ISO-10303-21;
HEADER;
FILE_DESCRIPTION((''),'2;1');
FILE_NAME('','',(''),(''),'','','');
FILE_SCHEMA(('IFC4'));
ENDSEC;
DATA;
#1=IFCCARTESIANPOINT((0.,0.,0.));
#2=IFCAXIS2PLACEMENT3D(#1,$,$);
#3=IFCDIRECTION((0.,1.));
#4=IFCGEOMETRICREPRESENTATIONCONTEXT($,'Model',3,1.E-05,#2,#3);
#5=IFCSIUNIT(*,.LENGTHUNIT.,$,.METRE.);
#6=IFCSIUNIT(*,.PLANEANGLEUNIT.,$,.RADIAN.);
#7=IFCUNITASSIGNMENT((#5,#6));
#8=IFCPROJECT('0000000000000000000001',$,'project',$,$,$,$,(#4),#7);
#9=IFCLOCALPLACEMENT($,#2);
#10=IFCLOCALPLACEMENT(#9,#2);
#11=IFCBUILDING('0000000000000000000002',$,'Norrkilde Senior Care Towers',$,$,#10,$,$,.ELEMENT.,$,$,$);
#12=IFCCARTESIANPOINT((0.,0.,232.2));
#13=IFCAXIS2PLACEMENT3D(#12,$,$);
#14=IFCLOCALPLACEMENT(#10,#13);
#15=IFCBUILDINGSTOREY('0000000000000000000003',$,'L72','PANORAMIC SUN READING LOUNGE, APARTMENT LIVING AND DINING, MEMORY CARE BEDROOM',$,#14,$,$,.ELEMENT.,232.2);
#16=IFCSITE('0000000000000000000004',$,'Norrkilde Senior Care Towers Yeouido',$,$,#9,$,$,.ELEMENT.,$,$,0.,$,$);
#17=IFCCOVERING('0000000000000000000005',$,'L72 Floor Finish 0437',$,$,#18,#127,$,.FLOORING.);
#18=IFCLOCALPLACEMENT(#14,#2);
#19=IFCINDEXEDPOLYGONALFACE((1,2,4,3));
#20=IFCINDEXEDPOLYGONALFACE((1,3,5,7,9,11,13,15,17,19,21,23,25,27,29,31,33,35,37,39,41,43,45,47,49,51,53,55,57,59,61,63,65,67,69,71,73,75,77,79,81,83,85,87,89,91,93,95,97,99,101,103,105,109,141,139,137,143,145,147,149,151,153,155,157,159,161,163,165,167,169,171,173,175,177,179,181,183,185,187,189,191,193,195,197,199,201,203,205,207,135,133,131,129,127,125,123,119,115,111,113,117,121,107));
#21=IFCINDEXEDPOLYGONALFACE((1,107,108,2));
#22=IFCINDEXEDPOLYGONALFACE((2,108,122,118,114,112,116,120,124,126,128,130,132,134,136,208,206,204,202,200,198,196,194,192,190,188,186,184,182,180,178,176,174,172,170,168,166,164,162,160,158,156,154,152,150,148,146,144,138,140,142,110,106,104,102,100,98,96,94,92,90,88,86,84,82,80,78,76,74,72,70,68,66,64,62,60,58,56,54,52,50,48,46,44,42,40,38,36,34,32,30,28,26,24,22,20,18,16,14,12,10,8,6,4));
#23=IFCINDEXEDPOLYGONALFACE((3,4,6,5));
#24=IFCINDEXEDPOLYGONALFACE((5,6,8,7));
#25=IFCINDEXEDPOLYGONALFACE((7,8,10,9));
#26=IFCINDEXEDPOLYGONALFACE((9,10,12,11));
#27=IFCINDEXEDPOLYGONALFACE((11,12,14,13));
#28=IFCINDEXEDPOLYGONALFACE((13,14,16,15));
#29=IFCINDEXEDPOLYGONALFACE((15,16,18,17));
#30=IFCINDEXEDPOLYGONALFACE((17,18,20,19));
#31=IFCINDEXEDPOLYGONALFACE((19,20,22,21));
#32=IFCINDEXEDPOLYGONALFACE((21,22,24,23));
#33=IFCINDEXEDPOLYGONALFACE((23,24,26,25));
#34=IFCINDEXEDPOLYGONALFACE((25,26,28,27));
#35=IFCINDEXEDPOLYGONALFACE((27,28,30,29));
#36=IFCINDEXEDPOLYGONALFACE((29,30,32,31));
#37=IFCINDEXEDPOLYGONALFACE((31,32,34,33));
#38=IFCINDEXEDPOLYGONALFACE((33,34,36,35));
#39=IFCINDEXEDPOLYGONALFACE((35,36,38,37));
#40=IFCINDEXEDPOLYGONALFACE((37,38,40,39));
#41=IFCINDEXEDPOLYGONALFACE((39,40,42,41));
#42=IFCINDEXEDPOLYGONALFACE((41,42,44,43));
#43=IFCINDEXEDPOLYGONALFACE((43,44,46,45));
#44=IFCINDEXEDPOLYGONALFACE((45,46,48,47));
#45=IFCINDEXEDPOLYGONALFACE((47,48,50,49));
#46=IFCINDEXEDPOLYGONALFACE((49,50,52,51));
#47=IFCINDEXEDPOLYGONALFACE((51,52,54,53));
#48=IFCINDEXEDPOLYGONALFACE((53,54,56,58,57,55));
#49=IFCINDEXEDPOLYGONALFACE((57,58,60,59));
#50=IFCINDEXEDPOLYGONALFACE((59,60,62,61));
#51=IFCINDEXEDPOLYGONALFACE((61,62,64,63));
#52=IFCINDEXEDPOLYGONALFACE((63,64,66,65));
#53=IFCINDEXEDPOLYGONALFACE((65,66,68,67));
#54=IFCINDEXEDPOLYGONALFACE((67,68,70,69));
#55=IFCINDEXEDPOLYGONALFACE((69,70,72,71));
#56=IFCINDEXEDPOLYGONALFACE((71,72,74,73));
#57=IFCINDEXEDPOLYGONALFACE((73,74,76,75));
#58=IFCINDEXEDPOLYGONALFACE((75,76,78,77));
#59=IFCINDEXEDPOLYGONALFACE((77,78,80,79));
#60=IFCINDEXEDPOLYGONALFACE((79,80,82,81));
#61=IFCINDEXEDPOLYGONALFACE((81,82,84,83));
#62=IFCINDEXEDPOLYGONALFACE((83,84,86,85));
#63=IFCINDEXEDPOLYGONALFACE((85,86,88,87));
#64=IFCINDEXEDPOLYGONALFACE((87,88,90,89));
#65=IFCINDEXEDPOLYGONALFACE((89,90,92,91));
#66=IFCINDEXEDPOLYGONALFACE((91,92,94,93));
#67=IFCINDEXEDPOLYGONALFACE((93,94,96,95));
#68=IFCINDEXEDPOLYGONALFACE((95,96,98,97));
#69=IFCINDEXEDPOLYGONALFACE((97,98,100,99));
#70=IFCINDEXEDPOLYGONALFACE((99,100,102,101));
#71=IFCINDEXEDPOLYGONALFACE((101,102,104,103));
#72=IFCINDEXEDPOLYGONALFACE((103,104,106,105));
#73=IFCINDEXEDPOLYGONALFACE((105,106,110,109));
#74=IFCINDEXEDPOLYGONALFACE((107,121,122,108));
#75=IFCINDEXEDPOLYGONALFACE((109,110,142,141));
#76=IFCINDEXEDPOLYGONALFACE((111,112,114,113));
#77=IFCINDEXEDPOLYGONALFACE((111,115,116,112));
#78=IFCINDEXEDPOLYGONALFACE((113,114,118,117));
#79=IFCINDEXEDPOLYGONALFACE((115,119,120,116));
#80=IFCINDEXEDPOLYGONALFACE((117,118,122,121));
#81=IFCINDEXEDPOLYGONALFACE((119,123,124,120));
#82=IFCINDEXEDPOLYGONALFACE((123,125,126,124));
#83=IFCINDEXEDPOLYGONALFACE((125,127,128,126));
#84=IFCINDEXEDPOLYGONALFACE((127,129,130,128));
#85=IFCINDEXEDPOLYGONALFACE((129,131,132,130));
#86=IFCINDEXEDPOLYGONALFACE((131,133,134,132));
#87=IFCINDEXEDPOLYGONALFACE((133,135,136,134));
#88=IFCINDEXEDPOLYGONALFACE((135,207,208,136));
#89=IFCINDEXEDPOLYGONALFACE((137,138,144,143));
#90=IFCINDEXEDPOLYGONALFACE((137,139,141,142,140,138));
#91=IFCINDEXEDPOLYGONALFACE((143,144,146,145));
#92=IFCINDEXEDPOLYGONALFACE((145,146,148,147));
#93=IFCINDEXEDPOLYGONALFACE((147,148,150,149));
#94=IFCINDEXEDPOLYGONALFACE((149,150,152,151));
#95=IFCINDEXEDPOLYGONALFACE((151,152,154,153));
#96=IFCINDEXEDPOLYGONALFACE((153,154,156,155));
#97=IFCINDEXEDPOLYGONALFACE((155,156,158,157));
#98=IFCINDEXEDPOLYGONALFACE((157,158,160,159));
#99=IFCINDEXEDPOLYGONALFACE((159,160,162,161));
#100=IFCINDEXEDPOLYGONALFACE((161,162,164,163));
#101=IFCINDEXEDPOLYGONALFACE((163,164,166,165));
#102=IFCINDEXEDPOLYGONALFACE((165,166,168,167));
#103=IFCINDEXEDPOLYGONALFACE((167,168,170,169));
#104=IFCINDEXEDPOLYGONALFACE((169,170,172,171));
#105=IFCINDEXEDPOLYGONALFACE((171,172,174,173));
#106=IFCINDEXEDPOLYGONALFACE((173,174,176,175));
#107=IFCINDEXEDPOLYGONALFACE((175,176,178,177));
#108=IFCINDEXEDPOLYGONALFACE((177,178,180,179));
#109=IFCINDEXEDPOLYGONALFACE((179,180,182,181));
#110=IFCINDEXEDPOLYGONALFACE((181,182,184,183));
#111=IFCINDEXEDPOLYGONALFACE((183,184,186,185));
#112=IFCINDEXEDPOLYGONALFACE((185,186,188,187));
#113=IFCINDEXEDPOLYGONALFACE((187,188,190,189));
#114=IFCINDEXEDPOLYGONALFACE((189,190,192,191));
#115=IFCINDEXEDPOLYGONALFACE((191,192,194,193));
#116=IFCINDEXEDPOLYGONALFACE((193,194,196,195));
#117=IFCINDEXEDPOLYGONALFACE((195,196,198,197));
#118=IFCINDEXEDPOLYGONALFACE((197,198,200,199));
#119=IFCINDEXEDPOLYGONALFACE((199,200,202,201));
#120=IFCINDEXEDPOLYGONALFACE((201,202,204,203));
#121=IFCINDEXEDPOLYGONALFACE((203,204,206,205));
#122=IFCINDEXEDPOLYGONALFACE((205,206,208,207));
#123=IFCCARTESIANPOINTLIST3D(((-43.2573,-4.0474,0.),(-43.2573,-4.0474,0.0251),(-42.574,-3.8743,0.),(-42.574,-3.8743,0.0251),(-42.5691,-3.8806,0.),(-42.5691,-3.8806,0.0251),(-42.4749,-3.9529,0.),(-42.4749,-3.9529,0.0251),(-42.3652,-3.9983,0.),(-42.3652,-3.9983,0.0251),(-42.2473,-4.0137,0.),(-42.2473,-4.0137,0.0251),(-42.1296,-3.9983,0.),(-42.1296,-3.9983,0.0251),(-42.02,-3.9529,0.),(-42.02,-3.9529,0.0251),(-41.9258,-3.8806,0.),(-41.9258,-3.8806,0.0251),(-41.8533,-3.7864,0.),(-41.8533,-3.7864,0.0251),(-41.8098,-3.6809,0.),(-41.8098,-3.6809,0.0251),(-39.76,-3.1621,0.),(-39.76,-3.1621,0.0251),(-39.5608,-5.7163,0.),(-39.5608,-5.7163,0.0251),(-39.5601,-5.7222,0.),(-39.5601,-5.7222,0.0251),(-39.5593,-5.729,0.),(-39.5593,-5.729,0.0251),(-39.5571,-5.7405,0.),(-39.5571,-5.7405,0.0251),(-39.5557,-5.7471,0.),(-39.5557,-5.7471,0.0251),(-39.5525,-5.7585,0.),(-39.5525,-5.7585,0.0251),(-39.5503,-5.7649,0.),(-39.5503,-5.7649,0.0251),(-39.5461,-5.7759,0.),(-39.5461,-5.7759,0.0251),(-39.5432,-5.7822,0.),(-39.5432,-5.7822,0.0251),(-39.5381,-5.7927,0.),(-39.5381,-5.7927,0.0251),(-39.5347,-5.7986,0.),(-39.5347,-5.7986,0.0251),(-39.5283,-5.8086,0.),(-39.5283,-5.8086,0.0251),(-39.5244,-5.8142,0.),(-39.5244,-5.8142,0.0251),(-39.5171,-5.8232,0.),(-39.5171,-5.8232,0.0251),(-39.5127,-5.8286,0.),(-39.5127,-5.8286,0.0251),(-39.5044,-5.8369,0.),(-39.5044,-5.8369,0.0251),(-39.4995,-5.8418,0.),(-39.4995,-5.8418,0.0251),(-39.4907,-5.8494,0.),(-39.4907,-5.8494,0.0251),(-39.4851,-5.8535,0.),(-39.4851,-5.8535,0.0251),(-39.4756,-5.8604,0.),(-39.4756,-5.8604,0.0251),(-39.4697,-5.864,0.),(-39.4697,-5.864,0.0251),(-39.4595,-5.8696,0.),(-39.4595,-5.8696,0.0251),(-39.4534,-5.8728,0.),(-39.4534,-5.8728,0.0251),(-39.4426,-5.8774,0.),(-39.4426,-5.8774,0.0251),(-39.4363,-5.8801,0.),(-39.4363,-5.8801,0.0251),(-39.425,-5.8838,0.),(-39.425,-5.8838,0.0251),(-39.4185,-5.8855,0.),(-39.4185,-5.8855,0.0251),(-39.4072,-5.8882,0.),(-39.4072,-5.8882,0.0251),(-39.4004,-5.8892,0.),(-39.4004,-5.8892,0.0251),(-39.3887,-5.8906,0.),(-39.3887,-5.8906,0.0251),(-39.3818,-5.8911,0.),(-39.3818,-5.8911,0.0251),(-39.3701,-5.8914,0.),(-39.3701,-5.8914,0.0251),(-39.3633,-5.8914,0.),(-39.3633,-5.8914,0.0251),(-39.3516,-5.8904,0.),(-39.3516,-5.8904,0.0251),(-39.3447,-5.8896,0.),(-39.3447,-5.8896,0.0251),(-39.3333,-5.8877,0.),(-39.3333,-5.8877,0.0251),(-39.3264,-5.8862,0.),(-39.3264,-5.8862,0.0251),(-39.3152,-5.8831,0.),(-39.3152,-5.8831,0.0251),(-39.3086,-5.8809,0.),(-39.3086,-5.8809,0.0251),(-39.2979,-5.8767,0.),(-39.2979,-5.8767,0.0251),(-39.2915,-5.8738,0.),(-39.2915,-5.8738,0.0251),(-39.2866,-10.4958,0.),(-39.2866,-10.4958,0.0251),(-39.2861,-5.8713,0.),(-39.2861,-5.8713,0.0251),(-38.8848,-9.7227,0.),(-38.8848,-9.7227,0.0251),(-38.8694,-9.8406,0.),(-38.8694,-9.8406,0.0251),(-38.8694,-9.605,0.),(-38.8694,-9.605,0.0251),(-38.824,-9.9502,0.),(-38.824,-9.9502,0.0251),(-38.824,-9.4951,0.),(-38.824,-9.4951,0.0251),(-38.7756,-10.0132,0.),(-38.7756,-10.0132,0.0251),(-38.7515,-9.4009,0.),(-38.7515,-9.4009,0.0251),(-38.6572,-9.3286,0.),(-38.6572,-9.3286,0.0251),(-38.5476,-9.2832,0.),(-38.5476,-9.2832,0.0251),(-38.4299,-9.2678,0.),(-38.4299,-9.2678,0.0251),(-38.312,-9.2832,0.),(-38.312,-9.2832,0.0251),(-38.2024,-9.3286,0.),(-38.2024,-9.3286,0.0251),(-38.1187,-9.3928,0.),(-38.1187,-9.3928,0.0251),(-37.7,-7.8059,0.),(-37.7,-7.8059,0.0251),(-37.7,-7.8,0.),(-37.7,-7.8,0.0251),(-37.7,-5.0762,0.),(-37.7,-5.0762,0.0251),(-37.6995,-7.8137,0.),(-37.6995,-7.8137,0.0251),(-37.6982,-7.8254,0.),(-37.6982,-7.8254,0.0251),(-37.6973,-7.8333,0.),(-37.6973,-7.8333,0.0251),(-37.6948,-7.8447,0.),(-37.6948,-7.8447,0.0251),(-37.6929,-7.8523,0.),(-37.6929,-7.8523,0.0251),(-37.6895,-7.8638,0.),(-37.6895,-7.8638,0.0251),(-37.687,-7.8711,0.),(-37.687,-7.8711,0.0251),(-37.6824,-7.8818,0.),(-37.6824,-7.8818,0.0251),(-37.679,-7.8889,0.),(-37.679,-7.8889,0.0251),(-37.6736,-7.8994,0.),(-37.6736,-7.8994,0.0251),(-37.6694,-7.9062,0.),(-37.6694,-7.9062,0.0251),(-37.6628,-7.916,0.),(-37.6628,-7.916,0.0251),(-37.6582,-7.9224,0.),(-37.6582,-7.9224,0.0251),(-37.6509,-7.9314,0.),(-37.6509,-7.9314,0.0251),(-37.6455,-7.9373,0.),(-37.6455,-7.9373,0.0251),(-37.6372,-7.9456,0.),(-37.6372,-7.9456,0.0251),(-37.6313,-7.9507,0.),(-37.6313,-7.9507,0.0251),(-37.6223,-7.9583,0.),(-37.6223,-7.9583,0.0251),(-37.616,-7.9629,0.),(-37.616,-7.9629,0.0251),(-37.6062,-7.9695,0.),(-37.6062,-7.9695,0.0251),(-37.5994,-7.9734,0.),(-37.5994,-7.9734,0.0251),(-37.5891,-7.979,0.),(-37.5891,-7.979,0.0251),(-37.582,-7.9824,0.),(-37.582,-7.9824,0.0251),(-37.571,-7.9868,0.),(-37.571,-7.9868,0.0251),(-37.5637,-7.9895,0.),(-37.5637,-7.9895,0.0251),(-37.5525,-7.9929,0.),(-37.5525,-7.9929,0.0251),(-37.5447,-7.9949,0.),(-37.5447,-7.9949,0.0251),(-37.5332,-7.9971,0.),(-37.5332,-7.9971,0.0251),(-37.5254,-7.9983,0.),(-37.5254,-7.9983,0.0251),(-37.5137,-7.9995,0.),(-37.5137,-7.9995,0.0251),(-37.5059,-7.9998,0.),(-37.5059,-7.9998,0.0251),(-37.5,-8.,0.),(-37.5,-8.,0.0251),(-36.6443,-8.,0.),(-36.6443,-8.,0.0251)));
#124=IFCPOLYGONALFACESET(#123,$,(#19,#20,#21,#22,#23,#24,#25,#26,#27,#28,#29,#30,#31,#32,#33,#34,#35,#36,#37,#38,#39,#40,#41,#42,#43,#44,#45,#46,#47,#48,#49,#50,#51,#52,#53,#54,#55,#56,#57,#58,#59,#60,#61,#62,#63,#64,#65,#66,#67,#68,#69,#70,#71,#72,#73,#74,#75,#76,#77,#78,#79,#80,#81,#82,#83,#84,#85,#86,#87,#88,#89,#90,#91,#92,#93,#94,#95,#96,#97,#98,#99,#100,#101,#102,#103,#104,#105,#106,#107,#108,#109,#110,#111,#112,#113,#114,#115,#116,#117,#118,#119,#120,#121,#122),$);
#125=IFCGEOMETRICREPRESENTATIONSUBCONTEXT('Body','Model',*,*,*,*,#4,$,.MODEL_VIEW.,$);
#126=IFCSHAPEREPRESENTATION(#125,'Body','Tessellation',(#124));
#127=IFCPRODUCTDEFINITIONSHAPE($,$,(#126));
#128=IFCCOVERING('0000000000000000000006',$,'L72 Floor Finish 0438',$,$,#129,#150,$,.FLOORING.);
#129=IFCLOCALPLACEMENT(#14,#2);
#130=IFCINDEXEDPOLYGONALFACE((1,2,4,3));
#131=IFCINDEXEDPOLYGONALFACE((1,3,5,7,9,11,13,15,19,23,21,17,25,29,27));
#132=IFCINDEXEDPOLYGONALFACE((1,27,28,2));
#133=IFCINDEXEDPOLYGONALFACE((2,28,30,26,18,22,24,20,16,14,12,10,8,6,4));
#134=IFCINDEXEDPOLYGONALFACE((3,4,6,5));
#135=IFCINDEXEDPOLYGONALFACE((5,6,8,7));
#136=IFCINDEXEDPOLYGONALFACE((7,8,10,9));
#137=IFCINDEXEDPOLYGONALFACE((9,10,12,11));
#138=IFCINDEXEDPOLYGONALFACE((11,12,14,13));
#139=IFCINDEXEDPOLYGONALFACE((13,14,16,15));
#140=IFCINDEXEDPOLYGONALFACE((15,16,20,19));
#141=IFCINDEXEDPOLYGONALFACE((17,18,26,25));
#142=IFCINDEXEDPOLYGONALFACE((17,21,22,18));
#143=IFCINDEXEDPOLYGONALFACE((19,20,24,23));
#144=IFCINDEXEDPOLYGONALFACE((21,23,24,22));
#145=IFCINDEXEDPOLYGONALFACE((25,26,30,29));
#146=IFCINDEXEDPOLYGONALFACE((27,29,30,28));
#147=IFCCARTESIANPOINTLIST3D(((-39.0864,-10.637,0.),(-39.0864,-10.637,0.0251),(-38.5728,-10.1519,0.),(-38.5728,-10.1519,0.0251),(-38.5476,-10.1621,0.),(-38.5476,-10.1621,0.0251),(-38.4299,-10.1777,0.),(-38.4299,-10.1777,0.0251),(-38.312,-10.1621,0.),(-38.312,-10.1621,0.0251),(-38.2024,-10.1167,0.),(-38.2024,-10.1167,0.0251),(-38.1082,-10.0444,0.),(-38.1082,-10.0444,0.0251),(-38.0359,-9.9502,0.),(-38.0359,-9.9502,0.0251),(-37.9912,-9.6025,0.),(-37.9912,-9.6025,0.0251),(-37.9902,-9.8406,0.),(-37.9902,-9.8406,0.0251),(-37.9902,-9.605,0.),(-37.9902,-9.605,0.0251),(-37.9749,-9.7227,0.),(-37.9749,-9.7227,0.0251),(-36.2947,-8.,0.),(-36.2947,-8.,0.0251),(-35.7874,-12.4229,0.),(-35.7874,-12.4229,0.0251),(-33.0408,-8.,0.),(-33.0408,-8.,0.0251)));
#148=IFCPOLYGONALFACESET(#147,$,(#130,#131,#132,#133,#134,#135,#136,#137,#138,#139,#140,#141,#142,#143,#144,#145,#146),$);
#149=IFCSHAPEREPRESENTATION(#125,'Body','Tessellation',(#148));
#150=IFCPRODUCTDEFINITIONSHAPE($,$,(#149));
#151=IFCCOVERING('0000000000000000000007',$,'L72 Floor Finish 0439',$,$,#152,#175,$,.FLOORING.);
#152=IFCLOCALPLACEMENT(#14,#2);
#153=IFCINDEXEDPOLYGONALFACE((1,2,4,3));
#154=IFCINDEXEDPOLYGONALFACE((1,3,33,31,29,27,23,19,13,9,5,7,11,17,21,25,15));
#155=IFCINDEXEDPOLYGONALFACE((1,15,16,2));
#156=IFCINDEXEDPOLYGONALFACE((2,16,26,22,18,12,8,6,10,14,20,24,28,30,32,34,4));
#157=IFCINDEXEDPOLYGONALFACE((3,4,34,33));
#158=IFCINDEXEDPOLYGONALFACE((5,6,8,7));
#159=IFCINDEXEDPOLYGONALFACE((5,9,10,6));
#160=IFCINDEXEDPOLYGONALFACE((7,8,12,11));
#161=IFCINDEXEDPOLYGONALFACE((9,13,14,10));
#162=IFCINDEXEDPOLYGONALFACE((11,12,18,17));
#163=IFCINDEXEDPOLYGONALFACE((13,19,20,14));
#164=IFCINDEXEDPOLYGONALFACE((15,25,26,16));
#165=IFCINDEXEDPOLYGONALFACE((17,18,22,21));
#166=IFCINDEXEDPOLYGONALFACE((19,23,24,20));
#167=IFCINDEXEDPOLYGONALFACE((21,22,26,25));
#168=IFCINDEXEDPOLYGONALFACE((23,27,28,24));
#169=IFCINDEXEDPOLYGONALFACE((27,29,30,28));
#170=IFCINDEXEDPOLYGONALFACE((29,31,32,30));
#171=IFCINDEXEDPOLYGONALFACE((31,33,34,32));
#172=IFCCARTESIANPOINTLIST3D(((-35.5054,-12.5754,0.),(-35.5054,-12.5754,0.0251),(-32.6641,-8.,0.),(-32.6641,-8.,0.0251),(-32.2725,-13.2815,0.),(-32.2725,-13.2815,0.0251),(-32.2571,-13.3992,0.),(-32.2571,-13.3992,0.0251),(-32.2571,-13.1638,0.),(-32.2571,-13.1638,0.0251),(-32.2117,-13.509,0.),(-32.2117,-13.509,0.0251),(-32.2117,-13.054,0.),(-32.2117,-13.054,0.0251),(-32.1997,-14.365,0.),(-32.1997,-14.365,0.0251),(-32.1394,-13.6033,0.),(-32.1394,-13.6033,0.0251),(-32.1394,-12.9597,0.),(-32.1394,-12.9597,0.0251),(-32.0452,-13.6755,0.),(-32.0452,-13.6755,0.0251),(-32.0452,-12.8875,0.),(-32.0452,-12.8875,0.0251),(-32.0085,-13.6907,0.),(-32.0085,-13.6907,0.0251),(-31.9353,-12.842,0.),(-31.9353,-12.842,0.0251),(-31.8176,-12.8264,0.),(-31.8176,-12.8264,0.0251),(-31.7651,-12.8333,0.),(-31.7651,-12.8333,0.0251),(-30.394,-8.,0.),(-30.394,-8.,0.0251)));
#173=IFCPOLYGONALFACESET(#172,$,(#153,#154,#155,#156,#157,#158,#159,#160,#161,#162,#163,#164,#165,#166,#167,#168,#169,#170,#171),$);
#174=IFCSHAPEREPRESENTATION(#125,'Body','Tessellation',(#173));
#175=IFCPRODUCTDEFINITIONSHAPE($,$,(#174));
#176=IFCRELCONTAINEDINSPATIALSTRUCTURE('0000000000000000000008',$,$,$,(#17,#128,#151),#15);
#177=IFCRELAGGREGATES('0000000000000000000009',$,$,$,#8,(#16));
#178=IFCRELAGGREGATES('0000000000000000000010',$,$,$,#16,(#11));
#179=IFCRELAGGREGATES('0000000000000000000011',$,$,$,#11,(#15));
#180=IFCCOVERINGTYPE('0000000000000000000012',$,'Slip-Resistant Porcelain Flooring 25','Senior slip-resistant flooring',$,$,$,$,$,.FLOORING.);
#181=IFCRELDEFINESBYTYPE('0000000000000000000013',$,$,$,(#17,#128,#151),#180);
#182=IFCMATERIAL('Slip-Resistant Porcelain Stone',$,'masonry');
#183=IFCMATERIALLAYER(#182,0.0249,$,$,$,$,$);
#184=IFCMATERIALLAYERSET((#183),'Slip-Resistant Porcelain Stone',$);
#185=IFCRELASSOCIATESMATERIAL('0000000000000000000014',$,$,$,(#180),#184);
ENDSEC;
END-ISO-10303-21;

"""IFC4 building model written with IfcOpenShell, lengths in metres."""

from ifc_helpers import new_model, si_unit, direction, frame, origin, place, context, subcontext, project, spatial, polyline, outline, extrude, material, layer, layer_set, type_object, element, save


model = new_model("IFC4")

# Units and contexts
model_context = context("Model", 3, precision=1e-05, world=origin(), true_north=direction((0.0, 1.0)))
body_context = subcontext(model_context, "Body", "Model", "MODEL_VIEW")
ifc_project = project(units=[si_unit("LENGTHUNIT", "METRE"), si_unit("PLANEANGLEUNIT", "RADIAN")], contexts=[model_context])

# Site, building, storey
site_placement = place(None, origin())
site = spatial("IfcSite", under=ifc_project, at=site_placement, Name="Norrkilde Senior Care Towers Yeouido", CompositionType="ELEMENT", RefElevation=0.0)
building_placement = place(site_placement, origin())
building = spatial("IfcBuilding", under=site, at=building_placement, Name="Norrkilde Senior Care Towers", CompositionType="ELEMENT")
storey_placement = place(building_placement, frame((0.0, 0.0, 232.2)))
storey = spatial("IfcBuildingStorey", under=building, at=storey_placement, Name="L72", Description="PANORAMIC SUN READING LOUNGE, APARTMENT LIVING AND DINING, MEMORY CARE BEDROOM", CompositionType="ELEMENT", Elevation=232.2)

# Coverings
ifc_material_1 = material(Name="Slip-Resistant Porcelain Stone", Category="masonry")
ifc_layer_1 = layer(ifc_material_1, 0.0249)
ifc_layer_set_1 = layer_set([ifc_layer_1], Name="Slip-Resistant Porcelain Stone")
covering_type_1 = type_object("IfcCoveringType", Name="Slip-Resistant Porcelain Flooring 25", Description="Senior slip-resistant flooring", PredefinedType="FLOORING", material=ifc_layer_set_1)
covering_1_placement = place(storey_placement, origin())
element("IfcCovering", 1, at=covering_1_placement, inside=storey, type_object=covering_type_1, Name="L72 Floor Finish 0437", PredefinedType="FLOORING", context=body_context, shape_type="SweptSolid", body=[
    extrude(outline(polyline([(-39.5557, -5.7471), (-39.5525, -5.7585), (-39.5503, -5.7649), (-39.5461, -5.7759), (-39.5432, -5.7822), (-39.5381, -5.7927), (-39.5347, -5.7986), (-39.5283, -5.8086), (-39.5244, -5.8142), (-39.5171, -5.8232), (-39.5127, -5.8286), (-39.5044, -5.8369), (-39.4995, -5.8418), (-39.4907, -5.8494), (-39.4851, -5.8535), (-39.4756, -5.8604), (-39.4697, -5.864), (-39.4595, -5.8696), (-39.4534, -5.8728), (-39.4426, -5.8774), (-39.4363, -5.8801), (-39.425, -5.8838), (-39.4185, -5.8855), (-39.4072, -5.8882), (-39.4004, -5.8892), (-39.3887, -5.8906), (-39.3818, -5.8911), (-39.3701, -5.8914), (-39.3633, -5.8914), (-39.3516, -5.8904), (-39.3447, -5.8896), (-39.3333, -5.8877), (-39.3264, -5.8862), (-39.3152, -5.8831), (-39.3086, -5.8809), (-39.2979, -5.8767), (-39.2915, -5.8738), (-39.2861, -5.8713), (-37.7, -5.0762), (-37.7, -7.8), (-37.7, -7.8059), (-37.6995, -7.8137), (-37.6982, -7.8254), (-37.6973, -7.8333), (-37.6948, -7.8447), (-37.6929, -7.8523), (-37.6895, -7.8638), (-37.687, -7.8711), (-37.6824, -7.8818), (-37.679, -7.8889), (-37.6736, -7.8994), (-37.6694, -7.9062), (-37.6628, -7.916), (-37.6582, -7.9224), (-37.6509, -7.9314), (-37.6455, -7.9373), (-37.6372, -7.9456), (-37.6313, -7.9507), (-37.6223, -7.9583), (-37.616, -7.9629), (-37.6062, -7.9695), (-37.5994, -7.9734), (-37.5891, -7.979), (-37.582, -7.9824), (-37.571, -7.9868), (-37.5637, -7.9895), (-37.5525, -7.9929), (-37.5447, -7.9949), (-37.5332, -7.9971), (-37.5254, -7.9983), (-37.5137, -7.9995), (-37.5059, -7.9998), (-37.5, -8.0), (-36.6443, -8.0), (-38.1187, -9.3928), (-38.2024, -9.3286), (-38.312, -9.2832), (-38.4299, -9.2678), (-38.5476, -9.2832), (-38.6572, -9.3286), (-38.7515, -9.4009), (-38.824, -9.4951), (-38.8694, -9.605), (-38.8848, -9.7227), (-38.8694, -9.8406), (-38.824, -9.9502), (-38.7756, -10.0132), (-39.2866, -10.4958), (-43.2573, -4.0474), (-42.574, -3.8743), (-42.5691, -3.8806), (-42.4749, -3.9529), (-42.3652, -3.9983), (-42.2473, -4.0137), (-42.1296, -3.9983), (-42.02, -3.9529), (-41.9258, -3.8806), (-41.8533, -3.7864), (-41.8098, -3.6809), (-39.76, -3.1621), (-39.5608, -5.7163), (-39.5601, -5.7222), (-39.5593, -5.729), (-39.5571, -5.7405), (-39.5557, -5.7471)])), origin(), (0.0, 0.0, 1.0), 0.0251),
])
covering_2_placement = place(storey_placement, origin())
element("IfcCovering", 2, at=covering_2_placement, inside=storey, type_object=covering_type_1, Name="L72 Floor Finish 0438", PredefinedType="FLOORING", context=body_context, shape_type="SweptSolid", body=[
    extrude(outline(polyline([(-38.5728, -10.1519), (-38.5476, -10.1621), (-38.4299, -10.1777), (-38.312, -10.1621), (-38.2024, -10.1167), (-38.1082, -10.0444), (-38.0359, -9.9502), (-37.9902, -9.8406), (-37.9749, -9.7227), (-37.9902, -9.605), (-37.9912, -9.6025), (-36.2947, -8.0), (-33.0408, -8.0), (-35.7874, -12.4229), (-39.0864, -10.637), (-38.5728, -10.1519)])), origin(), (0.0, 0.0, 1.0), 0.0251),
])
covering_3_placement = place(storey_placement, origin())
element("IfcCovering", 3, at=covering_3_placement, inside=storey, type_object=covering_type_1, Name="L72 Floor Finish 0439", PredefinedType="FLOORING", context=body_context, shape_type="SweptSolid", body=[
    extrude(outline(polyline([(-31.7651, -12.8333), (-31.8176, -12.8264), (-31.9353, -12.842), (-32.0452, -12.8875), (-32.1394, -12.9597), (-32.2117, -13.054), (-32.2571, -13.1638), (-32.2725, -13.2815), (-32.2571, -13.3992), (-32.2117, -13.509), (-32.1394, -13.6033), (-32.0452, -13.6755), (-32.0085, -13.6907), (-32.1997, -14.365), (-35.5054, -12.5754), (-32.6641, -8.0), (-30.394, -8.0), (-31.7651, -12.8333)])), origin(), (0.0, 0.0, 1.0), 0.0251),
])

save(model, "model.ifc")
